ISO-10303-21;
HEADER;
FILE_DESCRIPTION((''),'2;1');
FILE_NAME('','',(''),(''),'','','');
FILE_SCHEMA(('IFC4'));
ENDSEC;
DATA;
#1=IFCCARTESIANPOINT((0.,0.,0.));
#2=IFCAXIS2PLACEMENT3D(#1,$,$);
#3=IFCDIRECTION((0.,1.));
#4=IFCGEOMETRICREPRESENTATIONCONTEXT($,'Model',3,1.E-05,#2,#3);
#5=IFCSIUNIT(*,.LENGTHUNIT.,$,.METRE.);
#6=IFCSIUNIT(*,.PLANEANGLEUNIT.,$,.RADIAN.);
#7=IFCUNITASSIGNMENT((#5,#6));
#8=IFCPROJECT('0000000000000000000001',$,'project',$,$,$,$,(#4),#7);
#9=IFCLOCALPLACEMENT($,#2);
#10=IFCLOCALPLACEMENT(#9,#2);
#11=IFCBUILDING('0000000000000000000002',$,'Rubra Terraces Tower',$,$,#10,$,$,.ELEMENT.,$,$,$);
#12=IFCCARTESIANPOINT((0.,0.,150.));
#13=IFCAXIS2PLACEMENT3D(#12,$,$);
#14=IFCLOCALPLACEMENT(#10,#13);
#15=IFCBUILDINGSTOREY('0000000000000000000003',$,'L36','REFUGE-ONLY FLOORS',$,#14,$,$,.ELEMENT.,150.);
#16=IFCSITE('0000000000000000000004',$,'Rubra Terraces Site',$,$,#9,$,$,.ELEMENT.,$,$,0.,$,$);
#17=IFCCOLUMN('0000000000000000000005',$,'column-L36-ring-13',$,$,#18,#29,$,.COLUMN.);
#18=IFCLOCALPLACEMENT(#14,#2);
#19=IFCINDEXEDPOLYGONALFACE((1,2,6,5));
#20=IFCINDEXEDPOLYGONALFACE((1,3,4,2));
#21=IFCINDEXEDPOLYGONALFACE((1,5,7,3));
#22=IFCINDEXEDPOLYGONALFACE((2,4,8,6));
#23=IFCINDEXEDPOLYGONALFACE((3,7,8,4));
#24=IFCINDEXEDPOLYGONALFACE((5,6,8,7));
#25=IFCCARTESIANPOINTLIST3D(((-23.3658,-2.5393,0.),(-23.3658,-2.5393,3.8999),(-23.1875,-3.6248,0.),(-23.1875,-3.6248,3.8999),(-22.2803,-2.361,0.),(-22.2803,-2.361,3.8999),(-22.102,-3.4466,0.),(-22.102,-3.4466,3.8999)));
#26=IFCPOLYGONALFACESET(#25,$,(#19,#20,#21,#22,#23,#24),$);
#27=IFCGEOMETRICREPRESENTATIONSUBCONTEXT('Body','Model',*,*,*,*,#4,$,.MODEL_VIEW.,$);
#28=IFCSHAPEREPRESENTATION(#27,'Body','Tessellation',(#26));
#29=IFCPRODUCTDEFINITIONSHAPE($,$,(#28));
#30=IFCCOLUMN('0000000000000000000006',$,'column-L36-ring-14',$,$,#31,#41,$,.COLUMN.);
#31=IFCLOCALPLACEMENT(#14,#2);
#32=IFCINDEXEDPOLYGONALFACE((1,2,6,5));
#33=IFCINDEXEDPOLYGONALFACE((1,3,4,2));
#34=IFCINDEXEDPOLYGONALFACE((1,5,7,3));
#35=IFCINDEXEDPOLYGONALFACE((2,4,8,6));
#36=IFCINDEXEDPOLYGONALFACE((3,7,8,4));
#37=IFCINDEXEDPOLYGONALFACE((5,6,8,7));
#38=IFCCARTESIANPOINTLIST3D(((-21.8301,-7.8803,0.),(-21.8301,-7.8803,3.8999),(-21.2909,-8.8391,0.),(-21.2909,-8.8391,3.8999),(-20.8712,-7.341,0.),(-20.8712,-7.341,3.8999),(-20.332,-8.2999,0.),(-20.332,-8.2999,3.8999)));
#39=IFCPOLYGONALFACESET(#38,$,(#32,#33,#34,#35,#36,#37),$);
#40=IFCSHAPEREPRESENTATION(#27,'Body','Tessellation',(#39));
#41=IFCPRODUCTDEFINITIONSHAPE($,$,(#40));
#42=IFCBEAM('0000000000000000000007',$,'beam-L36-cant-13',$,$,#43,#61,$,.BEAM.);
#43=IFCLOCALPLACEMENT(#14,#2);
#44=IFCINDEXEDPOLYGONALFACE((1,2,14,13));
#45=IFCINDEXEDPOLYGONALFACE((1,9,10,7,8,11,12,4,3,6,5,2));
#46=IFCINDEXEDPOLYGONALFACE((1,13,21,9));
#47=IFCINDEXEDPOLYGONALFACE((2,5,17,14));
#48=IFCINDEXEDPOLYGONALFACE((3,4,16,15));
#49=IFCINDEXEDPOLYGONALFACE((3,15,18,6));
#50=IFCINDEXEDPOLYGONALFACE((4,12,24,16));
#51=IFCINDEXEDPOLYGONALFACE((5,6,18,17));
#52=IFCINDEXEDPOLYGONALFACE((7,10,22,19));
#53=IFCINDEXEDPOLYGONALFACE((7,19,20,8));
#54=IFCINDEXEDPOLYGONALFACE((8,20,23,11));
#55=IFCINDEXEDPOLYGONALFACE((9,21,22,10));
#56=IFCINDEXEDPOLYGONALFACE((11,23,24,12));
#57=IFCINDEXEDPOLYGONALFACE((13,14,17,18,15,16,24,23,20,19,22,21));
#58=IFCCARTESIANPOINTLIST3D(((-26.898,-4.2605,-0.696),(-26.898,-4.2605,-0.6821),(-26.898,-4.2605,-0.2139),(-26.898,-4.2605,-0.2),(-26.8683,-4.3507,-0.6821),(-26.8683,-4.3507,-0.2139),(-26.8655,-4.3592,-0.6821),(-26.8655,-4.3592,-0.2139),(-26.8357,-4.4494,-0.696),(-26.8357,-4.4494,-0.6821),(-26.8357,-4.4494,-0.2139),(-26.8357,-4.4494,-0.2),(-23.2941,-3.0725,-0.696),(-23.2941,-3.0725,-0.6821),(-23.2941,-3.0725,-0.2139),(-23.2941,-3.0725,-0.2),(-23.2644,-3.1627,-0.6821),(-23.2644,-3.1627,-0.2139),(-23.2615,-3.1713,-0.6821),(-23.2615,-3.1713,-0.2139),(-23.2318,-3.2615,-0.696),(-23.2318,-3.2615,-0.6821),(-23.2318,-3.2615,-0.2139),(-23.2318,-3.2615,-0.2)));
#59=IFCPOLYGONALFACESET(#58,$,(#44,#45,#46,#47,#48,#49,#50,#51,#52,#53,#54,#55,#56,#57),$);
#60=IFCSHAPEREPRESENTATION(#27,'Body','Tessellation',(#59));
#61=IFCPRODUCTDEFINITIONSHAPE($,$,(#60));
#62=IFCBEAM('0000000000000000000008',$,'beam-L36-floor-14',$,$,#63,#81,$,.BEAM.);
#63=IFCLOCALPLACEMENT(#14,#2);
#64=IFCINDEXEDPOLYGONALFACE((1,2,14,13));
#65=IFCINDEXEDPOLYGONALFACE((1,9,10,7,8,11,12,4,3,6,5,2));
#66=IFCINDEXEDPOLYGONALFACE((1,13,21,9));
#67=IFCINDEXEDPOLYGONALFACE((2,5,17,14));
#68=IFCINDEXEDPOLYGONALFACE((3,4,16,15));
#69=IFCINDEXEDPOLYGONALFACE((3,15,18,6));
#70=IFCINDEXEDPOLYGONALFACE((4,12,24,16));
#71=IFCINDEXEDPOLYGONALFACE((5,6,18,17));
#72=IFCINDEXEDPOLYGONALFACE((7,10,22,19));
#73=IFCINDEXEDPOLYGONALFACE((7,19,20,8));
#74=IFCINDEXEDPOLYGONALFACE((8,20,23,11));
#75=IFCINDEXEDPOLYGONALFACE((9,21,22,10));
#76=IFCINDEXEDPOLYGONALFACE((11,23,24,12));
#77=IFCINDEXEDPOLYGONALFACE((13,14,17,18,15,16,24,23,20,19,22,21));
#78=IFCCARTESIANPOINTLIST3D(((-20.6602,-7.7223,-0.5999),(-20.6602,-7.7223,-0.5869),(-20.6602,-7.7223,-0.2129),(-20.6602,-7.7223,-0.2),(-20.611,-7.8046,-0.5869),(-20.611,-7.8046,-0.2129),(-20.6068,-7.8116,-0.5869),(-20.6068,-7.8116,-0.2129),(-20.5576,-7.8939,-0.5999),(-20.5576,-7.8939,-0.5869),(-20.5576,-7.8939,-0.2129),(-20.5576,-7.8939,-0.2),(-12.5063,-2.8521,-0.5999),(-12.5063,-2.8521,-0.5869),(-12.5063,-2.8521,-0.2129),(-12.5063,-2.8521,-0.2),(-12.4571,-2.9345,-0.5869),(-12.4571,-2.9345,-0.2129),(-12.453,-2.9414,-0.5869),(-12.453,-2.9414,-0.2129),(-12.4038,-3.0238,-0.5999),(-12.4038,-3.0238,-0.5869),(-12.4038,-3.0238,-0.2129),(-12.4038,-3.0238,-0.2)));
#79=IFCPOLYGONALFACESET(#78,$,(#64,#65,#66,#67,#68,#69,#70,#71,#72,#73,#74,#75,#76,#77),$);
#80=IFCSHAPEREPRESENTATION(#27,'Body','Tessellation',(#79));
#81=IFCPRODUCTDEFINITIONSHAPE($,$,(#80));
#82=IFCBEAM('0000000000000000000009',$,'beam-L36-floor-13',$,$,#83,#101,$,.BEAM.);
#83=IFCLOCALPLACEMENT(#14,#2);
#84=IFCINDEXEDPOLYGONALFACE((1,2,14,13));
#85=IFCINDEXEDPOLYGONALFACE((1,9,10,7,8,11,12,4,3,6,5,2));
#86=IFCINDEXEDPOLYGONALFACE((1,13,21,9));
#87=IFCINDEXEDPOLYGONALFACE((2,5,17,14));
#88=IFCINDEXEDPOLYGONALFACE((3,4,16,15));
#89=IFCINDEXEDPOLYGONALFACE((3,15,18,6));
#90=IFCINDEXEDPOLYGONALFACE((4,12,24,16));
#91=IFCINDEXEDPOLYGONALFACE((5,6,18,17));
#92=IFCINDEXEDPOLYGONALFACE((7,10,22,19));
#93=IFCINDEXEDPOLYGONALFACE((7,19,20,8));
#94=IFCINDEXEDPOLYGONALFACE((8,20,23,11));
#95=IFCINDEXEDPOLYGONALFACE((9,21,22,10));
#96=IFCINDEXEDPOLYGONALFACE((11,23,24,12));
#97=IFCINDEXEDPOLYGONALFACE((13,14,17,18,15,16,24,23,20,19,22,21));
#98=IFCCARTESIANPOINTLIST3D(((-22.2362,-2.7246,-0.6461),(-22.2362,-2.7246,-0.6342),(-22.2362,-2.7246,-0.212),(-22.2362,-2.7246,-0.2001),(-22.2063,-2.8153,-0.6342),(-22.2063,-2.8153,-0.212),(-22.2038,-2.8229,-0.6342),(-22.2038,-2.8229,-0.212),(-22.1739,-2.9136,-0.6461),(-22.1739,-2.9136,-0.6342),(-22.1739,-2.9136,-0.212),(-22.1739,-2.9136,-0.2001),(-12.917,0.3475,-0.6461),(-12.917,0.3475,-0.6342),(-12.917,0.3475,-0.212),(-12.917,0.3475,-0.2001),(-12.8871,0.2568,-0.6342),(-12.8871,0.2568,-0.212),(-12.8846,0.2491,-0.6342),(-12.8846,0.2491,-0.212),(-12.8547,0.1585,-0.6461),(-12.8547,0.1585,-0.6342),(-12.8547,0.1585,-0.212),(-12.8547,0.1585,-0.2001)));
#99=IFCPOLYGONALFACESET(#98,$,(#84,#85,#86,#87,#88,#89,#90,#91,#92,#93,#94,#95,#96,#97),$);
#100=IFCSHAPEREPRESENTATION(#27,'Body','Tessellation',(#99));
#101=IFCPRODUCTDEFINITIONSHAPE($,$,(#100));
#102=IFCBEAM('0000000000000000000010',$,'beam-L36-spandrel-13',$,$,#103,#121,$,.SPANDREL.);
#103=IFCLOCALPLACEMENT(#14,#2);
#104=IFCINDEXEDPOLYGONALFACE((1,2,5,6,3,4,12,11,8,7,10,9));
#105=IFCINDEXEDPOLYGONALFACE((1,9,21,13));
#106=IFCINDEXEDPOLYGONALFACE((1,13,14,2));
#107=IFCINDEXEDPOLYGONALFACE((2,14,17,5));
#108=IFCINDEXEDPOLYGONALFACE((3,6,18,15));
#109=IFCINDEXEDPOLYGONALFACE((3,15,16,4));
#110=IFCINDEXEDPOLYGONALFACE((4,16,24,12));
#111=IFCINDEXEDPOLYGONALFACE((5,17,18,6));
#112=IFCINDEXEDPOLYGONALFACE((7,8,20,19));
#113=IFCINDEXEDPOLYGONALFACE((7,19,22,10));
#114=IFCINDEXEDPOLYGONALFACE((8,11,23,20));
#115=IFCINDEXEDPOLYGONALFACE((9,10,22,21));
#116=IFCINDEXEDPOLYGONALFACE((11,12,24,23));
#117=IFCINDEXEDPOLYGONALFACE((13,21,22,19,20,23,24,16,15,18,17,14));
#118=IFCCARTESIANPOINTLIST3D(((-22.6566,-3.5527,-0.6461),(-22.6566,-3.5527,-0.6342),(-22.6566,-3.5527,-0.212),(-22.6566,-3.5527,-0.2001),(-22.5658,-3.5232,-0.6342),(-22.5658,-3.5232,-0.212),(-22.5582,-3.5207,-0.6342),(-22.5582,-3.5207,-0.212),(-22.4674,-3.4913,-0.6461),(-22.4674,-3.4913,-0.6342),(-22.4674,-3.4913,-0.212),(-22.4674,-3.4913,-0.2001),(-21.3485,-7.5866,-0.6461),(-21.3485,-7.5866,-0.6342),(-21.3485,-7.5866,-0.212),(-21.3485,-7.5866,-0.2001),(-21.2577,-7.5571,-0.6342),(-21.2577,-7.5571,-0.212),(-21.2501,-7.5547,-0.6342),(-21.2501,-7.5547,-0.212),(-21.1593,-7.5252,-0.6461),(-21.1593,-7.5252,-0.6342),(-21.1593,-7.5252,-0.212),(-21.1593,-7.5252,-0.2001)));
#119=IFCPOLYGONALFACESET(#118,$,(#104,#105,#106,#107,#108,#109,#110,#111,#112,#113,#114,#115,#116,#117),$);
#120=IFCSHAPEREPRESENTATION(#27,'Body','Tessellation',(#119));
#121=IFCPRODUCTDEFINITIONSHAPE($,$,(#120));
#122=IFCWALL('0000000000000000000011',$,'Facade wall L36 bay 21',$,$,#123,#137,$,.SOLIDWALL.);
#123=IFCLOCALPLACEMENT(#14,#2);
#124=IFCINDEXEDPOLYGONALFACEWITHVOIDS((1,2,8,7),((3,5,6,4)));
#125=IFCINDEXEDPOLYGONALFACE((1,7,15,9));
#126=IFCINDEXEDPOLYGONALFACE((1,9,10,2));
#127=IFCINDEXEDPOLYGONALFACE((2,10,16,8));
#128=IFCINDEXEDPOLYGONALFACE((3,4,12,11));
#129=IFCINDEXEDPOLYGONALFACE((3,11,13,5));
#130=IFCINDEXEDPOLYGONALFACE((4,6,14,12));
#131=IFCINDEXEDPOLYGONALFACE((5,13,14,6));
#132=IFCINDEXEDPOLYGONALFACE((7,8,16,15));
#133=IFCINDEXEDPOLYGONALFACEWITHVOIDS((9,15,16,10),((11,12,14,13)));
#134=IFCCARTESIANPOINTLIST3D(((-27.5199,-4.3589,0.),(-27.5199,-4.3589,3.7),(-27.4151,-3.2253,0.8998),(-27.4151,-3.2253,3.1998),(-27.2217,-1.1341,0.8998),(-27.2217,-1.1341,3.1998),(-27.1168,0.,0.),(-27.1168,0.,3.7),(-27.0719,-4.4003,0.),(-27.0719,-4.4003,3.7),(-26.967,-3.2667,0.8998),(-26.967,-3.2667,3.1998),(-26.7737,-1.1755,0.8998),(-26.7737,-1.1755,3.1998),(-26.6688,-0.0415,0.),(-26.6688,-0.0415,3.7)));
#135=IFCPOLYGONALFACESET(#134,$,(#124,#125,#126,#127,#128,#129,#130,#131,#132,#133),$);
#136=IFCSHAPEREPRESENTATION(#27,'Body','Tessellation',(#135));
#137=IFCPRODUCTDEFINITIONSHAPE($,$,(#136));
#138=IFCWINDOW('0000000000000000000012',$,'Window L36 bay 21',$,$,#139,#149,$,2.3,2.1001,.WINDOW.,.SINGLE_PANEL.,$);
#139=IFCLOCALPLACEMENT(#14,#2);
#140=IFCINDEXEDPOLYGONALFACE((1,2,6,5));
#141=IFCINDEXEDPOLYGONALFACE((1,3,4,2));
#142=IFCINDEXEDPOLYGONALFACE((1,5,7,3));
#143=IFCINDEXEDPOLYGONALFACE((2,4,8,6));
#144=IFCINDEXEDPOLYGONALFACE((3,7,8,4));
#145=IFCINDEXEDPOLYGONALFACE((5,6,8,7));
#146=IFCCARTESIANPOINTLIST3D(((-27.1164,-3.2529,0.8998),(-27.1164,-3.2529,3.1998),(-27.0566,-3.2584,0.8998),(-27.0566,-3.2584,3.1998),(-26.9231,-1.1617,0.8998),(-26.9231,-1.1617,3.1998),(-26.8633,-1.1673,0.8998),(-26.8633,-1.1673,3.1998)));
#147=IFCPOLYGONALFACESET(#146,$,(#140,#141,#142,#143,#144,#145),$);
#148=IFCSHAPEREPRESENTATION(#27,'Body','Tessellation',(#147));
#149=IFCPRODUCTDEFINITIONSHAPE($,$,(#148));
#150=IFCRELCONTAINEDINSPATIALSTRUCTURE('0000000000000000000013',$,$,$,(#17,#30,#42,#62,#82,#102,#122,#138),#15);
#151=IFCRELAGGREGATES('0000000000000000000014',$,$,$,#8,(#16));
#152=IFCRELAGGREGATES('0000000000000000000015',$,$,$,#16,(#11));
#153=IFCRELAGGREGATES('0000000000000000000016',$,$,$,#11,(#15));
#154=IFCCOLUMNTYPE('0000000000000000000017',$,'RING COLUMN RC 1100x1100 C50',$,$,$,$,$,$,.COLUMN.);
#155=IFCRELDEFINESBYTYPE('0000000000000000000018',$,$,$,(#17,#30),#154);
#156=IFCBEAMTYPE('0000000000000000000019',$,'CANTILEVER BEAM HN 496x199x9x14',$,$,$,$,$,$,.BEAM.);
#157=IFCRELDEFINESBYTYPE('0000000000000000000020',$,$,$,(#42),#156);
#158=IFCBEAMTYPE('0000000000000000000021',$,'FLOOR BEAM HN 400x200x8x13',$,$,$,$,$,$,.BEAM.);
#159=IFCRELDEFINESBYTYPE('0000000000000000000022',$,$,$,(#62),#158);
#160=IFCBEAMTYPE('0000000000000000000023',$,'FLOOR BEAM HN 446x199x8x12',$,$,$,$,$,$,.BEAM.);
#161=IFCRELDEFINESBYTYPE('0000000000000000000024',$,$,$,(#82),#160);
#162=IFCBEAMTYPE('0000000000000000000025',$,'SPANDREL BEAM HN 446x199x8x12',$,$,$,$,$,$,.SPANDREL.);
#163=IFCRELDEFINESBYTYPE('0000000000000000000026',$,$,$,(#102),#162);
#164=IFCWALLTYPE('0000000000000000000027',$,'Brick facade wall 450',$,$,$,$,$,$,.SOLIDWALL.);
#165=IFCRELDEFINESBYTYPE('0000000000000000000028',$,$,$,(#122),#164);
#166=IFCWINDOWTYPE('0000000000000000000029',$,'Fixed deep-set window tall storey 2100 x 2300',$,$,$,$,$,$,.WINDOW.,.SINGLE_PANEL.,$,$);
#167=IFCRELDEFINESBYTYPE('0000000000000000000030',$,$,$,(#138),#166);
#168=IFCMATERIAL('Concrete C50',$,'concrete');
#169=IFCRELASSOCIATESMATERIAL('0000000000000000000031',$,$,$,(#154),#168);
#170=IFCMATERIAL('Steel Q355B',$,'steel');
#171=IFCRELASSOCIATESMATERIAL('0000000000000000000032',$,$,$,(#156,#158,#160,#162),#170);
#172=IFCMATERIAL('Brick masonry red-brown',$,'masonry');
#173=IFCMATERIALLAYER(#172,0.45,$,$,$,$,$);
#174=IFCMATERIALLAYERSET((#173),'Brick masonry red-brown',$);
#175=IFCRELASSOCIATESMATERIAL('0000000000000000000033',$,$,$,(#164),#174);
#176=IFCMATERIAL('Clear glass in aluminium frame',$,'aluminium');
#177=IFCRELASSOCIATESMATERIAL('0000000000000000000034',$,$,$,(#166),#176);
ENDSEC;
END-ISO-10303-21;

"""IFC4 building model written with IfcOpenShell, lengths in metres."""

from ifc_helpers import new_model, si_unit, direction, frame, frame_2d, origin, origin_2d, place, context, subcontext, project, spatial, rectangle, i_section, extrude, material, layer, layer_set, material_profile, profile_set, type_object, element, fill, save


model = new_model("IFC4")

# Units and contexts
model_context = context("Model", 3, precision=1e-05, world=origin(), true_north=direction((0.0, 1.0)))
body_context = subcontext(model_context, "Body", "Model", "MODEL_VIEW")
ifc_project = project(units=[si_unit("LENGTHUNIT", "METRE"), si_unit("PLANEANGLEUNIT", "RADIAN")], contexts=[model_context])

# Site, building, storey
site_placement = place(None, origin())
site = spatial("IfcSite", under=ifc_project, at=site_placement, Name="Rubra Terraces Site", CompositionType="ELEMENT", RefElevation=0.0)
building_placement = place(site_placement, origin())
building = spatial("IfcBuilding", under=site, at=building_placement, Name="Rubra Terraces Tower", CompositionType="ELEMENT")
storey_placement = place(building_placement, frame((0.0, 0.0, 150.0)))
storey = spatial("IfcBuildingStorey", under=building, at=storey_placement, Name="L36", Description="REFUGE-ONLY FLOORS", CompositionType="ELEMENT", Elevation=150.0)

# Columns
ifc_material_1 = material(Name="Concrete C50", Category="concrete")
ifc_material_profile_1 = material_profile(ifc_material_1, rectangle(XDim=1.1001, YDim=1.1001, at=origin_2d()), Name="RC 1100x1100")
ifc_profile_set_1 = profile_set([ifc_material_profile_1], Name="Concrete C50")
column_type = type_object("IfcColumnType", Name="RING COLUMN RC 1100x1100 C50", PredefinedType="COLUMN", material=ifc_profile_set_1)
for number, where, z_axis, x_axis, name in (
    (1, (-22.7339, -2.9929, 0.0), (0.0, 0.0, 1.0), (0.162062, -0.986781, 0.0), "column-L36-ring-13"),
    (2, (-21.0811, -8.0901, 0.0), (0.0, 0.0, 1.0), (0.490162, -0.871631, 0.0), "column-L36-ring-14"),
):
    element("IfcColumn", number, at=place(storey_placement, frame(where, z_axis=z_axis, x_axis=x_axis)), inside=storey, type_object=column_type, Name=name, PredefinedType="COLUMN", context=body_context, shape_type="SweptSolid", body=[
        extrude(rectangle(XDim=1.1001, YDim=1.1001, at=origin_2d()), origin(), (0.0, 0.0, 1.0), 3.8999),
    ])

# Beams
ifc_material_2 = material(Name="Steel Q355B", Category="steel")
ifc_material_profile_2 = material_profile(ifc_material_2, i_section(OverallWidth=0.199, OverallDepth=0.4961, WebThickness=0.009, FlangeThickness=0.0139, at=origin_2d()), Name="HN 496x199x9x14")
ifc_profile_set_2 = profile_set([ifc_material_profile_2], Name="Steel Q355B")
beam_type_1 = type_object("IfcBeamType", Name="CANTILEVER BEAM HN 496x199x9x14", PredefinedType="BEAM", material=ifc_profile_set_2)
beam_1_placement = place(storey_placement, frame((-23.2629, -3.167, -0.448), z_axis=(-0.949733, -0.313061, 0.0), x_axis=(0.313061, -0.949733, 0.0)))
element("IfcBeam", 3, at=beam_1_placement, inside=storey, type_object=beam_type_1, Name="beam-L36-cant-13", PredefinedType="BEAM", context=body_context, shape_type="SweptSolid", body=[
    extrude(i_section(OverallWidth=0.199, OverallDepth=0.4961, WebThickness=0.009, FlangeThickness=0.0139, at=origin_2d()), origin(), (0.0, 0.0, 1.0), 3.7947),
])
ifc_material_profile_3 = material_profile(ifc_material_2, i_section(OverallWidth=0.2, OverallDepth=0.3999, WebThickness=0.0081, FlangeThickness=0.0129, at=origin_2d()), Name="HN 400x200x8x13")
ifc_profile_set_3 = profile_set([ifc_material_profile_3], Name="Steel Q355B")
beam_type_2 = type_object("IfcBeamType", Name="FLOOR BEAM HN 400x200x8x13", PredefinedType="BEAM", material=ifc_profile_set_3)
beam_2_placement = place(storey_placement, frame((-20.6089, -7.8081, -0.3999), z_axis=(0.858521, 0.512778, 0.0), x_axis=(-0.512778, 0.858521, 0.0)))
element("IfcBeam", 4, at=beam_2_placement, inside=storey, type_object=beam_type_2, Name="beam-L36-floor-14", PredefinedType="BEAM", context=body_context, shape_type="SweptSolid", body=[
    extrude(i_section(OverallWidth=0.2, OverallDepth=0.3999, WebThickness=0.0081, FlangeThickness=0.0129, at=origin_2d()), origin(), (0.0, 0.0, 1.0), 9.4976),
])
ifc_material_profile_4 = material_profile(ifc_material_2, i_section(OverallWidth=0.199, OverallDepth=0.446, WebThickness=0.0081, FlangeThickness=0.012, at=origin_2d()), Name="HN 446x199x8x12")
ifc_profile_set_4 = profile_set([ifc_material_profile_4], Name="Steel Q355B")
beam_type_3 = type_object("IfcBeamType", Name="FLOOR BEAM HN 446x199x8x12", PredefinedType="BEAM", material=ifc_profile_set_4)
beam_3_placement = place(storey_placement, frame((-22.2051, -2.8191, -0.4231), z_axis=(0.949728, 0.313076, 0.0), x_axis=(-0.313076, 0.949728, 0.0)))
element("IfcBeam", 5, at=beam_3_placement, inside=storey, type_object=beam_type_3, Name="beam-L36-floor-13", PredefinedType="BEAM", context=body_context, shape_type="SweptSolid", body=[
    extrude(i_section(OverallWidth=0.199, OverallDepth=0.446, WebThickness=0.0081, FlangeThickness=0.012, at=origin_2d()), origin(), (0.0, 0.0, 1.0), 9.8125),
])
ifc_material_profile_5 = material_profile(ifc_material_2, i_section(OverallWidth=0.199, OverallDepth=0.446, WebThickness=0.0081, FlangeThickness=0.012, at=origin_2d()), Name="HN 446x199x8x12")
ifc_profile_set_5 = profile_set([ifc_material_profile_5], Name="Steel Q355B")
beam_type_4 = type_object("IfcBeamType", Name="SPANDREL BEAM HN 446x199x8x12", PredefinedType="SPANDREL", material=ifc_profile_set_5)
beam_4_placement = place(storey_placement, frame((-22.562, -3.522, -0.4231), z_axis=(0.308462, -0.951237, 0.0), x_axis=(0.951237, 0.308462, 0.0)))
element("IfcBeam", 6, at=beam_4_placement, inside=storey, type_object=beam_type_4, Name="beam-L36-spandrel-13", PredefinedType="SPANDREL", context=body_context, shape_type="SweptSolid", body=[
    extrude(i_section(OverallWidth=0.199, OverallDepth=0.446, WebThickness=0.0081, FlangeThickness=0.012, at=origin_2d()), origin(), (0.0, 0.0, 1.0), 4.2407),
])

# Wall, opening, window
ifc_material_3 = material(Name="Brick masonry red-brown", Category="masonry")
ifc_layer_1 = layer(ifc_material_3, 0.45)
ifc_layer_set_1 = layer_set([ifc_layer_1], Name="Brick masonry red-brown")
wall_type_1 = type_object("IfcWallType", Name="Brick facade wall 450", PredefinedType="SOLIDWALL", material=ifc_layer_set_1)
wall_1_placement = place(storey_placement, frame((-26.8928, -0.0208, 0.0), z_axis=(0.0, 0.0, 1.0), x_axis=(-0.092079, -0.995752, 0.0)))
wall_1 = element("IfcWall", 7, at=wall_1_placement, inside=storey, type_object=wall_type_1, Name="Facade wall L36 bay 21", PredefinedType="SOLIDWALL", context=body_context, shape_type="SweptSolid", body=[
    extrude(rectangle(XDim=4.3774, YDim=0.45, at=frame_2d((2.1887, 0.0))), origin(), (0.0, 0.0, 1.0), 3.7),
])
opening_1_placement = place(wall_1_placement, frame((1.1389, 0.0, 0.8999)))
opening_1 = element("IfcOpeningElement", 8, at=opening_1_placement, cuts=wall_1, PredefinedType="OPENING", context=body_context, shape_type="SweptSolid", body=[
    extrude(rectangle(XDim=2.1001, YDim=2.3, at=frame_2d((1.05, 1.1499))), frame((0.0, 0.2349, 0.0), z_axis=(0.0, -1.0, 0.0), x_axis=(1.0, 0.0, 0.0)), (0.0, 0.0, 1.0), 0.47),
])
ifc_material_4 = material(Name="Clear glass in aluminium frame", Category="aluminium")
window_type = type_object("IfcWindowType", Name="Fixed deep-set window tall storey 2100 x 2300", PartitioningType="SINGLE_PANEL", PredefinedType="WINDOW", material=ifc_material_4)
window_1_placement = place(opening_1_placement, origin())
window_1 = element("IfcWindow", 9, at=window_1_placement, inside=storey, type_object=window_type, Name="Window L36 bay 21", OverallHeight=2.3, OverallWidth=2.1001, PartitioningType="SINGLE_PANEL", PredefinedType="WINDOW", context=body_context, shape_type="SweptSolid", body=[
    extrude(rectangle(XDim=2.1001, YDim=2.3, at=frame_2d((1.05, 1.1499))), frame((0.0, 0.135, 0.0), z_axis=(0.0, -1.0, 0.0), x_axis=(1.0, 0.0, 0.0)), (0.0, 0.0, 1.0), 0.0601),
])
fill(opening_1, window_1)

save(model, "model.ifc")
